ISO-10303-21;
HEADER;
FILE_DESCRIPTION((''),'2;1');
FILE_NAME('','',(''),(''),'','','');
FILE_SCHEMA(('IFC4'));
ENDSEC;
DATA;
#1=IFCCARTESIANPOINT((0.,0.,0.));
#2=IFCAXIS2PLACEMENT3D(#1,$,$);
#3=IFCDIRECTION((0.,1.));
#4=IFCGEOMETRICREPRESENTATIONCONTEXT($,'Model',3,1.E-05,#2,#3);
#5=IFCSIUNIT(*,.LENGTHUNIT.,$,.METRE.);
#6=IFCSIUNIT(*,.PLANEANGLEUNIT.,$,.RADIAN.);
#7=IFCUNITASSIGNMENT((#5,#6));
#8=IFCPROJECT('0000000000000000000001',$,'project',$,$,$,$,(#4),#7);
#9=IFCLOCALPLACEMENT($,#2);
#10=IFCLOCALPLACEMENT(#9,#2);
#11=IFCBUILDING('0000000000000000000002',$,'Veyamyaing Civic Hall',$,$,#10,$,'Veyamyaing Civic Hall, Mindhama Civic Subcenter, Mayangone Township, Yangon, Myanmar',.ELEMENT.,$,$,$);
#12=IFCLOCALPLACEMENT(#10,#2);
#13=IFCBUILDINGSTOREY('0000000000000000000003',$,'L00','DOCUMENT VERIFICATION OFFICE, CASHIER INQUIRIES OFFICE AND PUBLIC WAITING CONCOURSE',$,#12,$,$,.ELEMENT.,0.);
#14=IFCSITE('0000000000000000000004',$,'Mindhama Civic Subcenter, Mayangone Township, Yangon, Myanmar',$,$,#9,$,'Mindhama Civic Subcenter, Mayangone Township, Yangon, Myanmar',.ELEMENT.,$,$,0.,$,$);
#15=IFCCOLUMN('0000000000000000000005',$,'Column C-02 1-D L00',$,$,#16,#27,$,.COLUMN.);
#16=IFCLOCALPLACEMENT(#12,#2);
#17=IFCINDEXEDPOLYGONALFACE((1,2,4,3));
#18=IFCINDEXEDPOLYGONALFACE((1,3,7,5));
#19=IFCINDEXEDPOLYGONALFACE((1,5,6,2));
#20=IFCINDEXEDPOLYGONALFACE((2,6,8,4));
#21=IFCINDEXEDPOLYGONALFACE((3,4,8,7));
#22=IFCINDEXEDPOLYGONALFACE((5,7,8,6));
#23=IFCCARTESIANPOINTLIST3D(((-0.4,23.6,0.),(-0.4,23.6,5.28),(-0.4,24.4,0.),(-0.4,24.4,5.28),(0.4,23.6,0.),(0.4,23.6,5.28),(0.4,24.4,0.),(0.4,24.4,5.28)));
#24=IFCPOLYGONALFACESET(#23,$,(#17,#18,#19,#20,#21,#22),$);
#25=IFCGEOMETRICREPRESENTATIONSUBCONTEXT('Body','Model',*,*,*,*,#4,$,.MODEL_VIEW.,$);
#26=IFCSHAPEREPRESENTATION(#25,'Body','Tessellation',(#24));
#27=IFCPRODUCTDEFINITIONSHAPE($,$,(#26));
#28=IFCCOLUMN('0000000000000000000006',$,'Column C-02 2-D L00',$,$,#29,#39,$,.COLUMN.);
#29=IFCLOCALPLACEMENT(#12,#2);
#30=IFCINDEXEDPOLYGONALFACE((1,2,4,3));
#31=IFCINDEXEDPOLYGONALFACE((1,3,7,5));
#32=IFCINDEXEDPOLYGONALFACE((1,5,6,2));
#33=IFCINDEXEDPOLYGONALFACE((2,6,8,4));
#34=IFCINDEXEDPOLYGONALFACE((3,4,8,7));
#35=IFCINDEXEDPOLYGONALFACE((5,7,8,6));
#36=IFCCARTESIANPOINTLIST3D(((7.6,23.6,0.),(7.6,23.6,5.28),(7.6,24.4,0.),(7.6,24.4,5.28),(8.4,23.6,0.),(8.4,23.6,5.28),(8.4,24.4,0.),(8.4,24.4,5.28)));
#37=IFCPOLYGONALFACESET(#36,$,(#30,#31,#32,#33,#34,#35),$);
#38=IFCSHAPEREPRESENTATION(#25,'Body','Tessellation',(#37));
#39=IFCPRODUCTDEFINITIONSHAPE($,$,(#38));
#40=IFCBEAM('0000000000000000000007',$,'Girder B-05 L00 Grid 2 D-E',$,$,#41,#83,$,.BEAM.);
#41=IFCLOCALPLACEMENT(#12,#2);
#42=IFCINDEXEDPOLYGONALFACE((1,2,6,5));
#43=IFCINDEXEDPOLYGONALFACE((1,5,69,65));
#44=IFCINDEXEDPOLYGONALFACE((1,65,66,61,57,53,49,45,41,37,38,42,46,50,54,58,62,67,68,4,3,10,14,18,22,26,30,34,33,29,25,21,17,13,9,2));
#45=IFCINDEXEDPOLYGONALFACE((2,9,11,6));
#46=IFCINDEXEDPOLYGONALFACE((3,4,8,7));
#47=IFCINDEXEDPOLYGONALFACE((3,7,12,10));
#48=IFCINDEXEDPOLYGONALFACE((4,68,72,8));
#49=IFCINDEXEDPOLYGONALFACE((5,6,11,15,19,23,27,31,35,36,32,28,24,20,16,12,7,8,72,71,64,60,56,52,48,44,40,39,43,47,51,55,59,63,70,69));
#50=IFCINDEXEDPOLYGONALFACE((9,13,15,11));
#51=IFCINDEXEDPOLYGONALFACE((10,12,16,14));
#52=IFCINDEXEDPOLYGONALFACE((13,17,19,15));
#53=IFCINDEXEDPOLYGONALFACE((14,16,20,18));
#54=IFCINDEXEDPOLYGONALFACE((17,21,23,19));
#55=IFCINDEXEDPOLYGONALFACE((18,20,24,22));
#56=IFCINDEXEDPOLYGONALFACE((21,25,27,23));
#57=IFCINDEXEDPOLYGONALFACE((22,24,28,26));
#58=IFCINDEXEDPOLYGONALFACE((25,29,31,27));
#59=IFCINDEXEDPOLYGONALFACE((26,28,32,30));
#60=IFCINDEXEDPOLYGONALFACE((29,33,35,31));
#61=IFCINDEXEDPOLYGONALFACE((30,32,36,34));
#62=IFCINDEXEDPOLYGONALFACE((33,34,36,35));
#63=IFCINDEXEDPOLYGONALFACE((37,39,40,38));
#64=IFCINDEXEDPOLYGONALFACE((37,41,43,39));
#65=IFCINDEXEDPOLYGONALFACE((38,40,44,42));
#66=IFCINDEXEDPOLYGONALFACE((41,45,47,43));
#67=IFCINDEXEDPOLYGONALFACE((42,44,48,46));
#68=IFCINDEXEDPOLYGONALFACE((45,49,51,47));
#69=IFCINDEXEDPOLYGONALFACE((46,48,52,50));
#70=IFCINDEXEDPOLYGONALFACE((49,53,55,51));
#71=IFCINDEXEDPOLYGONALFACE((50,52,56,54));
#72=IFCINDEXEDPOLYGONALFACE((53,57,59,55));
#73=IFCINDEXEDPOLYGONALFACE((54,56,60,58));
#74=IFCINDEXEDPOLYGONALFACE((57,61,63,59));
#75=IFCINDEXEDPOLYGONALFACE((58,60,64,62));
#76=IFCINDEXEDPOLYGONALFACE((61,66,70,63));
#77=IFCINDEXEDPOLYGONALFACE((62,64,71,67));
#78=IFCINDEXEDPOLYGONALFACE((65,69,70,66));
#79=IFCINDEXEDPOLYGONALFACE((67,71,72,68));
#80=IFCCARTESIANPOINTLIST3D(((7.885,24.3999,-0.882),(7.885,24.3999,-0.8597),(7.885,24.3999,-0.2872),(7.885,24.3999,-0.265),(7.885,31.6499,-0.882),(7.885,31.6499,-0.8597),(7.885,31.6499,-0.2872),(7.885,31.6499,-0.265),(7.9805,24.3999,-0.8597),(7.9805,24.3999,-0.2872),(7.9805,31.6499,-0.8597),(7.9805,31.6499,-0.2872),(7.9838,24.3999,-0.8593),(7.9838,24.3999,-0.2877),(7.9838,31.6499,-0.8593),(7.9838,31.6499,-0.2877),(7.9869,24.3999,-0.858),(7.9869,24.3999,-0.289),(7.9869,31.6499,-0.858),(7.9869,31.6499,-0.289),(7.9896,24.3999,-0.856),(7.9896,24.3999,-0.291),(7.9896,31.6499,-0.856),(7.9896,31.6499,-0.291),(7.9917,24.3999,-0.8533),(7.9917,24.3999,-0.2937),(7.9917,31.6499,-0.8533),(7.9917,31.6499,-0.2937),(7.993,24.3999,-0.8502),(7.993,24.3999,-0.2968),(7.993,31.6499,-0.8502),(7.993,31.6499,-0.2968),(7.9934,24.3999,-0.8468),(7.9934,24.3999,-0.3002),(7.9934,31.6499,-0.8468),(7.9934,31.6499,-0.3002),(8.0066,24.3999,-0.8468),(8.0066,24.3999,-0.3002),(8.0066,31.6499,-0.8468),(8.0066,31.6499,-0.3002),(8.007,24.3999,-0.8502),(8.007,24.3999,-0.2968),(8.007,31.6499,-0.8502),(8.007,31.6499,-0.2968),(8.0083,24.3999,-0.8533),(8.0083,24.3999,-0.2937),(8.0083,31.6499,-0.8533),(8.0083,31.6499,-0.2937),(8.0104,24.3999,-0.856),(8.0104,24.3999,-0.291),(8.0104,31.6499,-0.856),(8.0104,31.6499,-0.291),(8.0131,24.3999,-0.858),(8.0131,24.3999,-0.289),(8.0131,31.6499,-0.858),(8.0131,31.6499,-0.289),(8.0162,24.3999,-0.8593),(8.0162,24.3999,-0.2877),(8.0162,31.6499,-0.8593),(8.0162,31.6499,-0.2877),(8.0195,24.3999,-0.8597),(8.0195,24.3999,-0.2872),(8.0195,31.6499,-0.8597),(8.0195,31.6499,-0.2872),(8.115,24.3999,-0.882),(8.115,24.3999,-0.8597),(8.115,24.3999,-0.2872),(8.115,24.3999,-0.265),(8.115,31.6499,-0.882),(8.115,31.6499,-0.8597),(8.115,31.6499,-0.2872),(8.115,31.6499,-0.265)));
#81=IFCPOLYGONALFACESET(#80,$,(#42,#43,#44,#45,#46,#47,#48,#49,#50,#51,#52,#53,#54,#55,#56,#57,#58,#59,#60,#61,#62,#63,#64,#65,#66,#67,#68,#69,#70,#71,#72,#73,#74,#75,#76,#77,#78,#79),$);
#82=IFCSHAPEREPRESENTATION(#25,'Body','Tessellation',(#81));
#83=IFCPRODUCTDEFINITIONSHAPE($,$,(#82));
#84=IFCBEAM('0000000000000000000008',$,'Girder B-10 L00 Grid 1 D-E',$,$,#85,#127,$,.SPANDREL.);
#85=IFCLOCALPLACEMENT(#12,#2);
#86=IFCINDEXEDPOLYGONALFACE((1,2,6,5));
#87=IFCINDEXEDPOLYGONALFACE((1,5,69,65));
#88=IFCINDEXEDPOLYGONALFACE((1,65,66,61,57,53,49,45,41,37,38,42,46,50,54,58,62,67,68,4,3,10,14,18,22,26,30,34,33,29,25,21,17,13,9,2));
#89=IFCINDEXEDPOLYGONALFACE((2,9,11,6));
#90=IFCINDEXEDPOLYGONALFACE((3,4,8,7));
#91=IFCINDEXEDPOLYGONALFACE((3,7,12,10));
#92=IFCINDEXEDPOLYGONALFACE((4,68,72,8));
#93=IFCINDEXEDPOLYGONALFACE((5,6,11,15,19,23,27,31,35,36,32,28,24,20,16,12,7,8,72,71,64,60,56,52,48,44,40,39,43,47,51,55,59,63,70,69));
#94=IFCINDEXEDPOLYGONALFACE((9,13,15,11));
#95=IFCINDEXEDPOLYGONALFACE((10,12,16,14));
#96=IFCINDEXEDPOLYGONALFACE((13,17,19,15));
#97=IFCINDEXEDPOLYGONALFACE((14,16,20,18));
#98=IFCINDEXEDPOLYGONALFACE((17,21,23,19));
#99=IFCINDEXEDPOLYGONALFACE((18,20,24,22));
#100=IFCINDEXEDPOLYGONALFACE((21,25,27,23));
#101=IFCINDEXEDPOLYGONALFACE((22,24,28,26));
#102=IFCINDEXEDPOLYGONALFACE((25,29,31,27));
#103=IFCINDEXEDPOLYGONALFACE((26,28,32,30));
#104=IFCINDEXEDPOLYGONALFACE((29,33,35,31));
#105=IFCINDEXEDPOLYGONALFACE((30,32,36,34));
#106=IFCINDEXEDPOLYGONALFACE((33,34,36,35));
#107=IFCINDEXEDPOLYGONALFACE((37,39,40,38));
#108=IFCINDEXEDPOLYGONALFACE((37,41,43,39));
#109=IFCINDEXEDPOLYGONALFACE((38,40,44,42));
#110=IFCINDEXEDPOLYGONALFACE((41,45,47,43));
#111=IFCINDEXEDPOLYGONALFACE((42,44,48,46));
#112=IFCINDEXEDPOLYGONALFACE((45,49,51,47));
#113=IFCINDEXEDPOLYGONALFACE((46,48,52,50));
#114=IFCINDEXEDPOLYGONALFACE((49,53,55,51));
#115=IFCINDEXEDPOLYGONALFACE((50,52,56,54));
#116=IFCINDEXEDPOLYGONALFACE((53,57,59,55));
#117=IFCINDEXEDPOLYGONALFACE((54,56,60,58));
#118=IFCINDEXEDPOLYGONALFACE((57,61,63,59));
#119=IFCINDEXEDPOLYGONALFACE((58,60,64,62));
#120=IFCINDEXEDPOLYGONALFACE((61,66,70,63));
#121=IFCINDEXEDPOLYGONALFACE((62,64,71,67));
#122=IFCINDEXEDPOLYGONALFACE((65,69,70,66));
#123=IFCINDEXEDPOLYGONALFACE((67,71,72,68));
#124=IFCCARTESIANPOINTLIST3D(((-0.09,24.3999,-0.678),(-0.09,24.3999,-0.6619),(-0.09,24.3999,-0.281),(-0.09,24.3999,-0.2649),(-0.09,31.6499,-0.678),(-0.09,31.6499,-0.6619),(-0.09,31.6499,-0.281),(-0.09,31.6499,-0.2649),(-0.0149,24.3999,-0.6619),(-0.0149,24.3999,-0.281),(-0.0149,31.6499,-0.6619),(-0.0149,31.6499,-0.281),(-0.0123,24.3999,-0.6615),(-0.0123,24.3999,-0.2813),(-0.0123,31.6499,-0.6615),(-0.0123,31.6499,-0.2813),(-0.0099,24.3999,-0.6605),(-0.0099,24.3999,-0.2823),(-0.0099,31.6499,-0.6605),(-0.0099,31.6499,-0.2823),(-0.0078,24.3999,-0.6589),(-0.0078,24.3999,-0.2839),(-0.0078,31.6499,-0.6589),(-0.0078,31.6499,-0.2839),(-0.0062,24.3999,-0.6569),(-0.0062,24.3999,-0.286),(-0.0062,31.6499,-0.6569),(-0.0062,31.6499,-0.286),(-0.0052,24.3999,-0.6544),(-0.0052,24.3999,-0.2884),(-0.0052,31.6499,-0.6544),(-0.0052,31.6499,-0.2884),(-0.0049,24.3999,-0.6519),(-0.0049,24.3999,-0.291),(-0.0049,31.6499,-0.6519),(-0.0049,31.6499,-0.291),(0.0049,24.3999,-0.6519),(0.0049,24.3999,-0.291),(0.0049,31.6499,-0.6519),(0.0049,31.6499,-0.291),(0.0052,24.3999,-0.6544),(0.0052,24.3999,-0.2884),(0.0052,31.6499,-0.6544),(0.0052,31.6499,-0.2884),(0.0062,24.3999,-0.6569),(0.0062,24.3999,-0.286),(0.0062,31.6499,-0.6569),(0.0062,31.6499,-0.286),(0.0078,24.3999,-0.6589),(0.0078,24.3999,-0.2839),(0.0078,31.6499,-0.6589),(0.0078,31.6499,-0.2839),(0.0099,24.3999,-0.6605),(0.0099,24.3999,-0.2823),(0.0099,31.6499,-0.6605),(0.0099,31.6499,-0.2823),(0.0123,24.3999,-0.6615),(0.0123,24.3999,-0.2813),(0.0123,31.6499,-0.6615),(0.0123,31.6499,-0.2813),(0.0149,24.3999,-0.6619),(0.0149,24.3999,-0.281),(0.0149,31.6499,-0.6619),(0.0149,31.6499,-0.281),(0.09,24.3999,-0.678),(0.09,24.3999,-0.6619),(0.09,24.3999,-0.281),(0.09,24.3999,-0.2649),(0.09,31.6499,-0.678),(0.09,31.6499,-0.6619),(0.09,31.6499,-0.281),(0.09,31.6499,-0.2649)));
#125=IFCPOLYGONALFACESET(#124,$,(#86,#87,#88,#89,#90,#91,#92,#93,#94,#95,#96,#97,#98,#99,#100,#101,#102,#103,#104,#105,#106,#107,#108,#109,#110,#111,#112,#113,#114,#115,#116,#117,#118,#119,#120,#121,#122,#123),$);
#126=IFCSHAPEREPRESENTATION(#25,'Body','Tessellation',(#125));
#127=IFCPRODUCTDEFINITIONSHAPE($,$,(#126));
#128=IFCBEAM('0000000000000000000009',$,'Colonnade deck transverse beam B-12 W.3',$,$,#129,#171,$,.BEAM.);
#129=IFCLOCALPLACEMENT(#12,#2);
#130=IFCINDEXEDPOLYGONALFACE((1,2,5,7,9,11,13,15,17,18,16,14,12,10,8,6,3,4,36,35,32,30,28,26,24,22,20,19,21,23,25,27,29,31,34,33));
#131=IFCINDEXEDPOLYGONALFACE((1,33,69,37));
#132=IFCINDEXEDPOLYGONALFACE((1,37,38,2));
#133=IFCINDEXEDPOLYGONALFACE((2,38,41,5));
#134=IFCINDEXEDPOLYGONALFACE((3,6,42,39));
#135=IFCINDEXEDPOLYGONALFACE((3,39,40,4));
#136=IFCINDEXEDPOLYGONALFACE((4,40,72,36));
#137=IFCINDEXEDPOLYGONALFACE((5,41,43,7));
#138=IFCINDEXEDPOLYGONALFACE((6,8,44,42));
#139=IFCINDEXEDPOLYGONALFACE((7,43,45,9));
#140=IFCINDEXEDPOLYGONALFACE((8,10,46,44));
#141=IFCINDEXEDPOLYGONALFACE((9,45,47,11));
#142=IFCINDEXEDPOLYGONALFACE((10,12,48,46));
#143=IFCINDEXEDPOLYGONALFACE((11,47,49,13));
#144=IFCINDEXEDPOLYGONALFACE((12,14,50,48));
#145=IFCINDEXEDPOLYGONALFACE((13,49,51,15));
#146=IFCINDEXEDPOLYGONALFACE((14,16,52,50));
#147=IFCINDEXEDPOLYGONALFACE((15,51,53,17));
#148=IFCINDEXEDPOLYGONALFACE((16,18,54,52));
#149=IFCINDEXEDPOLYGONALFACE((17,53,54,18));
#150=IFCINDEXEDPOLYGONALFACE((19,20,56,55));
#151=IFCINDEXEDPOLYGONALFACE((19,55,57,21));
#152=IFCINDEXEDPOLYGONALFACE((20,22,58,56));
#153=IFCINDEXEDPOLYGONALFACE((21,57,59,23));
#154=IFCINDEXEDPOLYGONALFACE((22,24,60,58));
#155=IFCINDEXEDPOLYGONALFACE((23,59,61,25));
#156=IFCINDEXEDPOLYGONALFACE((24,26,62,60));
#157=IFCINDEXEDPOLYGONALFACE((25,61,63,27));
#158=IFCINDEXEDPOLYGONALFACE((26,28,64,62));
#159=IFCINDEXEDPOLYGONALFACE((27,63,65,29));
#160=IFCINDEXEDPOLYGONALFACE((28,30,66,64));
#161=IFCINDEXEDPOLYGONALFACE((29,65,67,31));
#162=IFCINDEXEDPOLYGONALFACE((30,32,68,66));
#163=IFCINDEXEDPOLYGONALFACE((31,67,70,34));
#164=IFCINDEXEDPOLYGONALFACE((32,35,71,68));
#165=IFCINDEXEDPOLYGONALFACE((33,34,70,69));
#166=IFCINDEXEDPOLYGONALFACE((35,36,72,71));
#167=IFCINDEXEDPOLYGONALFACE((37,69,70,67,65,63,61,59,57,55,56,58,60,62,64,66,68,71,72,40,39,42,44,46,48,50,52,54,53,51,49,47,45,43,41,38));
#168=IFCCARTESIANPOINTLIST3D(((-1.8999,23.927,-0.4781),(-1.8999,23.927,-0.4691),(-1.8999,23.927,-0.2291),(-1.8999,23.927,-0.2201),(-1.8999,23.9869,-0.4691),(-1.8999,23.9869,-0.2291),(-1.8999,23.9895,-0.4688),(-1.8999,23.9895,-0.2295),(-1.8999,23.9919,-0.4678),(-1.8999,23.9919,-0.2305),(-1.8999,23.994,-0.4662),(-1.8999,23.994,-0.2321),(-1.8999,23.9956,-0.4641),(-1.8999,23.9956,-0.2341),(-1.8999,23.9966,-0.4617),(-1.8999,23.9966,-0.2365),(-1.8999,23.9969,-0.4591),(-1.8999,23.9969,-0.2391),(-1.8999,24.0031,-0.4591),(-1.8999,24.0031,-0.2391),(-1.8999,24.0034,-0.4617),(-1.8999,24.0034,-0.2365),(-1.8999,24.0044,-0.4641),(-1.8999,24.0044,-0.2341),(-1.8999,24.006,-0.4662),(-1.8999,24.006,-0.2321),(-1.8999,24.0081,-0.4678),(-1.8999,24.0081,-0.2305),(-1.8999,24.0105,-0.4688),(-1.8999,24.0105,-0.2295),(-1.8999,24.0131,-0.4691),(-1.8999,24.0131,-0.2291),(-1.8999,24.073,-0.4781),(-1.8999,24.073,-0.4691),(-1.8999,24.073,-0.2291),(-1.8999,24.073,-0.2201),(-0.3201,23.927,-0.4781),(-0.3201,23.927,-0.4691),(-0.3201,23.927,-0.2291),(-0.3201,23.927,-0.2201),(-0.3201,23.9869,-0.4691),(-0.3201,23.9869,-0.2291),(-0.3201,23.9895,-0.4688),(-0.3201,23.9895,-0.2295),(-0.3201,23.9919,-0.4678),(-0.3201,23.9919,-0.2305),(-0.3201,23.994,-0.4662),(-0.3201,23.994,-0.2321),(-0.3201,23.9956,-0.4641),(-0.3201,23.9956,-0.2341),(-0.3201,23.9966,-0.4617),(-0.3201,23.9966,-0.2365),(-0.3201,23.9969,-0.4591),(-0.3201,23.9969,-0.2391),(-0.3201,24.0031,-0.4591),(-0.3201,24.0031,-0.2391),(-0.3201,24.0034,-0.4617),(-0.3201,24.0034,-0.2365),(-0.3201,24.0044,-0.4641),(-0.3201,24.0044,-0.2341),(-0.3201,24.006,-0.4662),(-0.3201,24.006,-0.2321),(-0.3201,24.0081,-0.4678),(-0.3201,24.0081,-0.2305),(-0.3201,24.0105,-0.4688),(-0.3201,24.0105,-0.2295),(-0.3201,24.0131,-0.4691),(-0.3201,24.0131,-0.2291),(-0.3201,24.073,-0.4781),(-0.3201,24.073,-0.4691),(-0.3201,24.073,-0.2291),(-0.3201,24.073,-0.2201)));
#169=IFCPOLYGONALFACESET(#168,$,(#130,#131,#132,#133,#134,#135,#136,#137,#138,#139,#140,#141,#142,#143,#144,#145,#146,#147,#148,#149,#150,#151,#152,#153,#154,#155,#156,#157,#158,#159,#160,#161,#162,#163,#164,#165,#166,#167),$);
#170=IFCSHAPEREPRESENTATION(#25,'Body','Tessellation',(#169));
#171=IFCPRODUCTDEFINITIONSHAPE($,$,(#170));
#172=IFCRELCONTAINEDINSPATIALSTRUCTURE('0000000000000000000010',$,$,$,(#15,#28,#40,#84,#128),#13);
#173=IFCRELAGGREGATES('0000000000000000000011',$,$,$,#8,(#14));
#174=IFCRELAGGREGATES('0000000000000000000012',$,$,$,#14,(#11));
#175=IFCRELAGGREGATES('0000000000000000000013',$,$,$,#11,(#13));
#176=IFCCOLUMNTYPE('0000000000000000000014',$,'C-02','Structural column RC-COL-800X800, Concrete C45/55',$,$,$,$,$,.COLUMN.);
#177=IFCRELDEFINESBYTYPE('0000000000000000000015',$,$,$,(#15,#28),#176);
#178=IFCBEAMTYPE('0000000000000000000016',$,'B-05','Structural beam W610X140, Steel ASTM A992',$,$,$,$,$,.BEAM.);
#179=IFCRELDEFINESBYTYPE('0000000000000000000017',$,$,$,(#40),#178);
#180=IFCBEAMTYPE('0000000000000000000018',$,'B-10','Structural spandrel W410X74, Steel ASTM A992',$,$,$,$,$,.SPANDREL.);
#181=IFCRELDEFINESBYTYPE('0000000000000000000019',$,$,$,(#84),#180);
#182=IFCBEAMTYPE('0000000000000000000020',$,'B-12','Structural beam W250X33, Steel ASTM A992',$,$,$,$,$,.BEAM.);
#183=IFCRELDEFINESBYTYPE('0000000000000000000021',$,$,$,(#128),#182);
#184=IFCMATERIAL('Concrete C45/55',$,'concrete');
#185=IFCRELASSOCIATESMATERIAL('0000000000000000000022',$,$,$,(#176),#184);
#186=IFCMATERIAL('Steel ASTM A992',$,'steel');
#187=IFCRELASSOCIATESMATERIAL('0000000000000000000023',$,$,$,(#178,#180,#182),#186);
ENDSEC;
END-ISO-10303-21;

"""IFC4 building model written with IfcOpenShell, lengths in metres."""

from ifc_helpers import new_model, si_unit, direction, frame, origin, origin_2d, place, context, subcontext, project, spatial, rectangle, i_section, extrude, material, material_profile, profile_set, type_object, element, save


model = new_model("IFC4")

# Units and contexts
model_context = context("Model", 3, precision=1e-05, world=origin(), true_north=direction((0.0, 1.0)))
body_context = subcontext(model_context, "Body", "Model", "MODEL_VIEW")
ifc_project = project(units=[si_unit("LENGTHUNIT", "METRE"), si_unit("PLANEANGLEUNIT", "RADIAN")], contexts=[model_context])

# Site, building, storey
site_placement = place(None, origin())
site = spatial("IfcSite", under=ifc_project, at=site_placement, Name="Mindhama Civic Subcenter, Mayangone Township, Yangon, Myanmar", LongName="Mindhama Civic Subcenter, Mayangone Township, Yangon, Myanmar", CompositionType="ELEMENT", RefElevation=0.0)
building_placement = place(site_placement, origin())
building = spatial("IfcBuilding", under=site, at=building_placement, Name="Veyamyaing Civic Hall", LongName="Veyamyaing Civic Hall, Mindhama Civic Subcenter, Mayangone Township, Yangon, Myanmar", CompositionType="ELEMENT")
storey_placement = place(building_placement, origin())
storey = spatial("IfcBuildingStorey", under=building, at=storey_placement, Name="L00", Description="DOCUMENT VERIFICATION OFFICE, CASHIER INQUIRIES OFFICE AND PUBLIC WAITING CONCOURSE", CompositionType="ELEMENT", Elevation=0.0)

# Columns
ifc_material_1 = material(Name="Concrete C45/55", Category="concrete")
ifc_material_profile_1 = material_profile(ifc_material_1, rectangle(XDim=0.8, YDim=0.8, at=origin_2d()), Name="RC-COL-800X800")
ifc_profile_set_1 = profile_set([ifc_material_profile_1], Name="Concrete C45/55")
column_type = type_object("IfcColumnType", Name="C-02", Description="Structural column RC-COL-800X800, Concrete C45/55", PredefinedType="COLUMN", material=ifc_profile_set_1)
for number, where, z_axis, x_axis, name in (
    (1, (0.0, 24.0, 0.0), (0.0, 0.0, 1.0), (1.0, 0.0, 0.0), "Column C-02 1-D L00"),
    (2, (8.0, 24.0, 0.0), (0.0, 0.0, 1.0), (1.0, 0.0, 0.0), "Column C-02 2-D L00"),
):
    element("IfcColumn", number, at=place(storey_placement, frame(where, z_axis=z_axis, x_axis=x_axis)), inside=storey, type_object=column_type, Name=name, PredefinedType="COLUMN", context=body_context, shape_type="SweptSolid", body=[
        extrude(rectangle(XDim=0.8, YDim=0.8, at=origin_2d()), origin(), (0.0, 0.0, 1.0), 5.28),
    ])

# Beams
ifc_material_2 = material(Name="Steel ASTM A992", Category="steel")
ifc_material_profile_2 = material_profile(ifc_material_2, i_section(OverallWidth=0.23, OverallDepth=0.6169, WebThickness=0.0132, FlangeThickness=0.0222, FilletRadius=0.0129, at=origin_2d()), Name="W610X140")
ifc_profile_set_2 = profile_set([ifc_material_profile_2], Name="Steel ASTM A992")
beam_type_1 = type_object("IfcBeamType", Name="B-05", Description="Structural beam W610X140, Steel ASTM A992", PredefinedType="BEAM", material=ifc_profile_set_2)
beam_1_placement = place(storey_placement, frame((8.0, 24.3999, -0.5735), z_axis=(0.0, 1.0, 0.0), x_axis=(-1.0, 0.0, 0.0)))
element("IfcBeam", 3, at=beam_1_placement, inside=storey, type_object=beam_type_1, Name="Girder B-05 L00 Grid 2 D-E", PredefinedType="BEAM", context=body_context, shape_type="SweptSolid", body=[
    extrude(i_section(OverallWidth=0.23, OverallDepth=0.6169, WebThickness=0.0132, FlangeThickness=0.0222, FilletRadius=0.0129, at=origin_2d()), origin(), (0.0, 0.0, 1.0), 7.25),
])
ifc_material_profile_3 = material_profile(ifc_material_2, i_section(OverallWidth=0.1799, OverallDepth=0.4131, WebThickness=0.0098, FlangeThickness=0.0161, FilletRadius=0.01, at=origin_2d()), Name="W410X74")
ifc_profile_set_3 = profile_set([ifc_material_profile_3], Name="Steel ASTM A992")
beam_type_2 = type_object("IfcBeamType", Name="B-10", Description="Structural spandrel W410X74, Steel ASTM A992", PredefinedType="SPANDREL", material=ifc_profile_set_3)
beam_2_placement = place(storey_placement, frame((0.0, 24.3999, -0.4714), z_axis=(0.0, 1.0, 0.0), x_axis=(-1.0, 0.0, 0.0)))
element("IfcBeam", 4, at=beam_2_placement, inside=storey, type_object=beam_type_2, Name="Girder B-10 L00 Grid 1 D-E", PredefinedType="SPANDREL", context=body_context, shape_type="SweptSolid", body=[
    extrude(i_section(OverallWidth=0.1799, OverallDepth=0.4131, WebThickness=0.0098, FlangeThickness=0.0161, FilletRadius=0.01, at=origin_2d()), origin(), (0.0, 0.0, 1.0), 7.25),
])
ifc_material_profile_4 = material_profile(ifc_material_2, i_section(OverallWidth=0.146, OverallDepth=0.2581, WebThickness=0.0061, FlangeThickness=0.009, FilletRadius=0.01, at=origin_2d()), Name="W250X33")
ifc_profile_set_4 = profile_set([ifc_material_profile_4], Name="Steel ASTM A992")
beam_type_3 = type_object("IfcBeamType", Name="B-12", Description="Structural beam W250X33, Steel ASTM A992", PredefinedType="BEAM", material=ifc_profile_set_4)
beam_3_placement = place(storey_placement, frame((-1.8999, 24.0, -0.3491), z_axis=(1.0, 0.0, 0.0), x_axis=(0.0, 1.0, 0.0)))
element("IfcBeam", 5, at=beam_3_placement, inside=storey, type_object=beam_type_3, Name="Colonnade deck transverse beam B-12 W.3", PredefinedType="BEAM", context=body_context, shape_type="SweptSolid", body=[
    extrude(i_section(OverallWidth=0.146, OverallDepth=0.2581, WebThickness=0.0061, FlangeThickness=0.009, FilletRadius=0.01, at=origin_2d()), origin(), (0.0, 0.0, 1.0), 1.5798),
])

save(model, "model.ifc")
